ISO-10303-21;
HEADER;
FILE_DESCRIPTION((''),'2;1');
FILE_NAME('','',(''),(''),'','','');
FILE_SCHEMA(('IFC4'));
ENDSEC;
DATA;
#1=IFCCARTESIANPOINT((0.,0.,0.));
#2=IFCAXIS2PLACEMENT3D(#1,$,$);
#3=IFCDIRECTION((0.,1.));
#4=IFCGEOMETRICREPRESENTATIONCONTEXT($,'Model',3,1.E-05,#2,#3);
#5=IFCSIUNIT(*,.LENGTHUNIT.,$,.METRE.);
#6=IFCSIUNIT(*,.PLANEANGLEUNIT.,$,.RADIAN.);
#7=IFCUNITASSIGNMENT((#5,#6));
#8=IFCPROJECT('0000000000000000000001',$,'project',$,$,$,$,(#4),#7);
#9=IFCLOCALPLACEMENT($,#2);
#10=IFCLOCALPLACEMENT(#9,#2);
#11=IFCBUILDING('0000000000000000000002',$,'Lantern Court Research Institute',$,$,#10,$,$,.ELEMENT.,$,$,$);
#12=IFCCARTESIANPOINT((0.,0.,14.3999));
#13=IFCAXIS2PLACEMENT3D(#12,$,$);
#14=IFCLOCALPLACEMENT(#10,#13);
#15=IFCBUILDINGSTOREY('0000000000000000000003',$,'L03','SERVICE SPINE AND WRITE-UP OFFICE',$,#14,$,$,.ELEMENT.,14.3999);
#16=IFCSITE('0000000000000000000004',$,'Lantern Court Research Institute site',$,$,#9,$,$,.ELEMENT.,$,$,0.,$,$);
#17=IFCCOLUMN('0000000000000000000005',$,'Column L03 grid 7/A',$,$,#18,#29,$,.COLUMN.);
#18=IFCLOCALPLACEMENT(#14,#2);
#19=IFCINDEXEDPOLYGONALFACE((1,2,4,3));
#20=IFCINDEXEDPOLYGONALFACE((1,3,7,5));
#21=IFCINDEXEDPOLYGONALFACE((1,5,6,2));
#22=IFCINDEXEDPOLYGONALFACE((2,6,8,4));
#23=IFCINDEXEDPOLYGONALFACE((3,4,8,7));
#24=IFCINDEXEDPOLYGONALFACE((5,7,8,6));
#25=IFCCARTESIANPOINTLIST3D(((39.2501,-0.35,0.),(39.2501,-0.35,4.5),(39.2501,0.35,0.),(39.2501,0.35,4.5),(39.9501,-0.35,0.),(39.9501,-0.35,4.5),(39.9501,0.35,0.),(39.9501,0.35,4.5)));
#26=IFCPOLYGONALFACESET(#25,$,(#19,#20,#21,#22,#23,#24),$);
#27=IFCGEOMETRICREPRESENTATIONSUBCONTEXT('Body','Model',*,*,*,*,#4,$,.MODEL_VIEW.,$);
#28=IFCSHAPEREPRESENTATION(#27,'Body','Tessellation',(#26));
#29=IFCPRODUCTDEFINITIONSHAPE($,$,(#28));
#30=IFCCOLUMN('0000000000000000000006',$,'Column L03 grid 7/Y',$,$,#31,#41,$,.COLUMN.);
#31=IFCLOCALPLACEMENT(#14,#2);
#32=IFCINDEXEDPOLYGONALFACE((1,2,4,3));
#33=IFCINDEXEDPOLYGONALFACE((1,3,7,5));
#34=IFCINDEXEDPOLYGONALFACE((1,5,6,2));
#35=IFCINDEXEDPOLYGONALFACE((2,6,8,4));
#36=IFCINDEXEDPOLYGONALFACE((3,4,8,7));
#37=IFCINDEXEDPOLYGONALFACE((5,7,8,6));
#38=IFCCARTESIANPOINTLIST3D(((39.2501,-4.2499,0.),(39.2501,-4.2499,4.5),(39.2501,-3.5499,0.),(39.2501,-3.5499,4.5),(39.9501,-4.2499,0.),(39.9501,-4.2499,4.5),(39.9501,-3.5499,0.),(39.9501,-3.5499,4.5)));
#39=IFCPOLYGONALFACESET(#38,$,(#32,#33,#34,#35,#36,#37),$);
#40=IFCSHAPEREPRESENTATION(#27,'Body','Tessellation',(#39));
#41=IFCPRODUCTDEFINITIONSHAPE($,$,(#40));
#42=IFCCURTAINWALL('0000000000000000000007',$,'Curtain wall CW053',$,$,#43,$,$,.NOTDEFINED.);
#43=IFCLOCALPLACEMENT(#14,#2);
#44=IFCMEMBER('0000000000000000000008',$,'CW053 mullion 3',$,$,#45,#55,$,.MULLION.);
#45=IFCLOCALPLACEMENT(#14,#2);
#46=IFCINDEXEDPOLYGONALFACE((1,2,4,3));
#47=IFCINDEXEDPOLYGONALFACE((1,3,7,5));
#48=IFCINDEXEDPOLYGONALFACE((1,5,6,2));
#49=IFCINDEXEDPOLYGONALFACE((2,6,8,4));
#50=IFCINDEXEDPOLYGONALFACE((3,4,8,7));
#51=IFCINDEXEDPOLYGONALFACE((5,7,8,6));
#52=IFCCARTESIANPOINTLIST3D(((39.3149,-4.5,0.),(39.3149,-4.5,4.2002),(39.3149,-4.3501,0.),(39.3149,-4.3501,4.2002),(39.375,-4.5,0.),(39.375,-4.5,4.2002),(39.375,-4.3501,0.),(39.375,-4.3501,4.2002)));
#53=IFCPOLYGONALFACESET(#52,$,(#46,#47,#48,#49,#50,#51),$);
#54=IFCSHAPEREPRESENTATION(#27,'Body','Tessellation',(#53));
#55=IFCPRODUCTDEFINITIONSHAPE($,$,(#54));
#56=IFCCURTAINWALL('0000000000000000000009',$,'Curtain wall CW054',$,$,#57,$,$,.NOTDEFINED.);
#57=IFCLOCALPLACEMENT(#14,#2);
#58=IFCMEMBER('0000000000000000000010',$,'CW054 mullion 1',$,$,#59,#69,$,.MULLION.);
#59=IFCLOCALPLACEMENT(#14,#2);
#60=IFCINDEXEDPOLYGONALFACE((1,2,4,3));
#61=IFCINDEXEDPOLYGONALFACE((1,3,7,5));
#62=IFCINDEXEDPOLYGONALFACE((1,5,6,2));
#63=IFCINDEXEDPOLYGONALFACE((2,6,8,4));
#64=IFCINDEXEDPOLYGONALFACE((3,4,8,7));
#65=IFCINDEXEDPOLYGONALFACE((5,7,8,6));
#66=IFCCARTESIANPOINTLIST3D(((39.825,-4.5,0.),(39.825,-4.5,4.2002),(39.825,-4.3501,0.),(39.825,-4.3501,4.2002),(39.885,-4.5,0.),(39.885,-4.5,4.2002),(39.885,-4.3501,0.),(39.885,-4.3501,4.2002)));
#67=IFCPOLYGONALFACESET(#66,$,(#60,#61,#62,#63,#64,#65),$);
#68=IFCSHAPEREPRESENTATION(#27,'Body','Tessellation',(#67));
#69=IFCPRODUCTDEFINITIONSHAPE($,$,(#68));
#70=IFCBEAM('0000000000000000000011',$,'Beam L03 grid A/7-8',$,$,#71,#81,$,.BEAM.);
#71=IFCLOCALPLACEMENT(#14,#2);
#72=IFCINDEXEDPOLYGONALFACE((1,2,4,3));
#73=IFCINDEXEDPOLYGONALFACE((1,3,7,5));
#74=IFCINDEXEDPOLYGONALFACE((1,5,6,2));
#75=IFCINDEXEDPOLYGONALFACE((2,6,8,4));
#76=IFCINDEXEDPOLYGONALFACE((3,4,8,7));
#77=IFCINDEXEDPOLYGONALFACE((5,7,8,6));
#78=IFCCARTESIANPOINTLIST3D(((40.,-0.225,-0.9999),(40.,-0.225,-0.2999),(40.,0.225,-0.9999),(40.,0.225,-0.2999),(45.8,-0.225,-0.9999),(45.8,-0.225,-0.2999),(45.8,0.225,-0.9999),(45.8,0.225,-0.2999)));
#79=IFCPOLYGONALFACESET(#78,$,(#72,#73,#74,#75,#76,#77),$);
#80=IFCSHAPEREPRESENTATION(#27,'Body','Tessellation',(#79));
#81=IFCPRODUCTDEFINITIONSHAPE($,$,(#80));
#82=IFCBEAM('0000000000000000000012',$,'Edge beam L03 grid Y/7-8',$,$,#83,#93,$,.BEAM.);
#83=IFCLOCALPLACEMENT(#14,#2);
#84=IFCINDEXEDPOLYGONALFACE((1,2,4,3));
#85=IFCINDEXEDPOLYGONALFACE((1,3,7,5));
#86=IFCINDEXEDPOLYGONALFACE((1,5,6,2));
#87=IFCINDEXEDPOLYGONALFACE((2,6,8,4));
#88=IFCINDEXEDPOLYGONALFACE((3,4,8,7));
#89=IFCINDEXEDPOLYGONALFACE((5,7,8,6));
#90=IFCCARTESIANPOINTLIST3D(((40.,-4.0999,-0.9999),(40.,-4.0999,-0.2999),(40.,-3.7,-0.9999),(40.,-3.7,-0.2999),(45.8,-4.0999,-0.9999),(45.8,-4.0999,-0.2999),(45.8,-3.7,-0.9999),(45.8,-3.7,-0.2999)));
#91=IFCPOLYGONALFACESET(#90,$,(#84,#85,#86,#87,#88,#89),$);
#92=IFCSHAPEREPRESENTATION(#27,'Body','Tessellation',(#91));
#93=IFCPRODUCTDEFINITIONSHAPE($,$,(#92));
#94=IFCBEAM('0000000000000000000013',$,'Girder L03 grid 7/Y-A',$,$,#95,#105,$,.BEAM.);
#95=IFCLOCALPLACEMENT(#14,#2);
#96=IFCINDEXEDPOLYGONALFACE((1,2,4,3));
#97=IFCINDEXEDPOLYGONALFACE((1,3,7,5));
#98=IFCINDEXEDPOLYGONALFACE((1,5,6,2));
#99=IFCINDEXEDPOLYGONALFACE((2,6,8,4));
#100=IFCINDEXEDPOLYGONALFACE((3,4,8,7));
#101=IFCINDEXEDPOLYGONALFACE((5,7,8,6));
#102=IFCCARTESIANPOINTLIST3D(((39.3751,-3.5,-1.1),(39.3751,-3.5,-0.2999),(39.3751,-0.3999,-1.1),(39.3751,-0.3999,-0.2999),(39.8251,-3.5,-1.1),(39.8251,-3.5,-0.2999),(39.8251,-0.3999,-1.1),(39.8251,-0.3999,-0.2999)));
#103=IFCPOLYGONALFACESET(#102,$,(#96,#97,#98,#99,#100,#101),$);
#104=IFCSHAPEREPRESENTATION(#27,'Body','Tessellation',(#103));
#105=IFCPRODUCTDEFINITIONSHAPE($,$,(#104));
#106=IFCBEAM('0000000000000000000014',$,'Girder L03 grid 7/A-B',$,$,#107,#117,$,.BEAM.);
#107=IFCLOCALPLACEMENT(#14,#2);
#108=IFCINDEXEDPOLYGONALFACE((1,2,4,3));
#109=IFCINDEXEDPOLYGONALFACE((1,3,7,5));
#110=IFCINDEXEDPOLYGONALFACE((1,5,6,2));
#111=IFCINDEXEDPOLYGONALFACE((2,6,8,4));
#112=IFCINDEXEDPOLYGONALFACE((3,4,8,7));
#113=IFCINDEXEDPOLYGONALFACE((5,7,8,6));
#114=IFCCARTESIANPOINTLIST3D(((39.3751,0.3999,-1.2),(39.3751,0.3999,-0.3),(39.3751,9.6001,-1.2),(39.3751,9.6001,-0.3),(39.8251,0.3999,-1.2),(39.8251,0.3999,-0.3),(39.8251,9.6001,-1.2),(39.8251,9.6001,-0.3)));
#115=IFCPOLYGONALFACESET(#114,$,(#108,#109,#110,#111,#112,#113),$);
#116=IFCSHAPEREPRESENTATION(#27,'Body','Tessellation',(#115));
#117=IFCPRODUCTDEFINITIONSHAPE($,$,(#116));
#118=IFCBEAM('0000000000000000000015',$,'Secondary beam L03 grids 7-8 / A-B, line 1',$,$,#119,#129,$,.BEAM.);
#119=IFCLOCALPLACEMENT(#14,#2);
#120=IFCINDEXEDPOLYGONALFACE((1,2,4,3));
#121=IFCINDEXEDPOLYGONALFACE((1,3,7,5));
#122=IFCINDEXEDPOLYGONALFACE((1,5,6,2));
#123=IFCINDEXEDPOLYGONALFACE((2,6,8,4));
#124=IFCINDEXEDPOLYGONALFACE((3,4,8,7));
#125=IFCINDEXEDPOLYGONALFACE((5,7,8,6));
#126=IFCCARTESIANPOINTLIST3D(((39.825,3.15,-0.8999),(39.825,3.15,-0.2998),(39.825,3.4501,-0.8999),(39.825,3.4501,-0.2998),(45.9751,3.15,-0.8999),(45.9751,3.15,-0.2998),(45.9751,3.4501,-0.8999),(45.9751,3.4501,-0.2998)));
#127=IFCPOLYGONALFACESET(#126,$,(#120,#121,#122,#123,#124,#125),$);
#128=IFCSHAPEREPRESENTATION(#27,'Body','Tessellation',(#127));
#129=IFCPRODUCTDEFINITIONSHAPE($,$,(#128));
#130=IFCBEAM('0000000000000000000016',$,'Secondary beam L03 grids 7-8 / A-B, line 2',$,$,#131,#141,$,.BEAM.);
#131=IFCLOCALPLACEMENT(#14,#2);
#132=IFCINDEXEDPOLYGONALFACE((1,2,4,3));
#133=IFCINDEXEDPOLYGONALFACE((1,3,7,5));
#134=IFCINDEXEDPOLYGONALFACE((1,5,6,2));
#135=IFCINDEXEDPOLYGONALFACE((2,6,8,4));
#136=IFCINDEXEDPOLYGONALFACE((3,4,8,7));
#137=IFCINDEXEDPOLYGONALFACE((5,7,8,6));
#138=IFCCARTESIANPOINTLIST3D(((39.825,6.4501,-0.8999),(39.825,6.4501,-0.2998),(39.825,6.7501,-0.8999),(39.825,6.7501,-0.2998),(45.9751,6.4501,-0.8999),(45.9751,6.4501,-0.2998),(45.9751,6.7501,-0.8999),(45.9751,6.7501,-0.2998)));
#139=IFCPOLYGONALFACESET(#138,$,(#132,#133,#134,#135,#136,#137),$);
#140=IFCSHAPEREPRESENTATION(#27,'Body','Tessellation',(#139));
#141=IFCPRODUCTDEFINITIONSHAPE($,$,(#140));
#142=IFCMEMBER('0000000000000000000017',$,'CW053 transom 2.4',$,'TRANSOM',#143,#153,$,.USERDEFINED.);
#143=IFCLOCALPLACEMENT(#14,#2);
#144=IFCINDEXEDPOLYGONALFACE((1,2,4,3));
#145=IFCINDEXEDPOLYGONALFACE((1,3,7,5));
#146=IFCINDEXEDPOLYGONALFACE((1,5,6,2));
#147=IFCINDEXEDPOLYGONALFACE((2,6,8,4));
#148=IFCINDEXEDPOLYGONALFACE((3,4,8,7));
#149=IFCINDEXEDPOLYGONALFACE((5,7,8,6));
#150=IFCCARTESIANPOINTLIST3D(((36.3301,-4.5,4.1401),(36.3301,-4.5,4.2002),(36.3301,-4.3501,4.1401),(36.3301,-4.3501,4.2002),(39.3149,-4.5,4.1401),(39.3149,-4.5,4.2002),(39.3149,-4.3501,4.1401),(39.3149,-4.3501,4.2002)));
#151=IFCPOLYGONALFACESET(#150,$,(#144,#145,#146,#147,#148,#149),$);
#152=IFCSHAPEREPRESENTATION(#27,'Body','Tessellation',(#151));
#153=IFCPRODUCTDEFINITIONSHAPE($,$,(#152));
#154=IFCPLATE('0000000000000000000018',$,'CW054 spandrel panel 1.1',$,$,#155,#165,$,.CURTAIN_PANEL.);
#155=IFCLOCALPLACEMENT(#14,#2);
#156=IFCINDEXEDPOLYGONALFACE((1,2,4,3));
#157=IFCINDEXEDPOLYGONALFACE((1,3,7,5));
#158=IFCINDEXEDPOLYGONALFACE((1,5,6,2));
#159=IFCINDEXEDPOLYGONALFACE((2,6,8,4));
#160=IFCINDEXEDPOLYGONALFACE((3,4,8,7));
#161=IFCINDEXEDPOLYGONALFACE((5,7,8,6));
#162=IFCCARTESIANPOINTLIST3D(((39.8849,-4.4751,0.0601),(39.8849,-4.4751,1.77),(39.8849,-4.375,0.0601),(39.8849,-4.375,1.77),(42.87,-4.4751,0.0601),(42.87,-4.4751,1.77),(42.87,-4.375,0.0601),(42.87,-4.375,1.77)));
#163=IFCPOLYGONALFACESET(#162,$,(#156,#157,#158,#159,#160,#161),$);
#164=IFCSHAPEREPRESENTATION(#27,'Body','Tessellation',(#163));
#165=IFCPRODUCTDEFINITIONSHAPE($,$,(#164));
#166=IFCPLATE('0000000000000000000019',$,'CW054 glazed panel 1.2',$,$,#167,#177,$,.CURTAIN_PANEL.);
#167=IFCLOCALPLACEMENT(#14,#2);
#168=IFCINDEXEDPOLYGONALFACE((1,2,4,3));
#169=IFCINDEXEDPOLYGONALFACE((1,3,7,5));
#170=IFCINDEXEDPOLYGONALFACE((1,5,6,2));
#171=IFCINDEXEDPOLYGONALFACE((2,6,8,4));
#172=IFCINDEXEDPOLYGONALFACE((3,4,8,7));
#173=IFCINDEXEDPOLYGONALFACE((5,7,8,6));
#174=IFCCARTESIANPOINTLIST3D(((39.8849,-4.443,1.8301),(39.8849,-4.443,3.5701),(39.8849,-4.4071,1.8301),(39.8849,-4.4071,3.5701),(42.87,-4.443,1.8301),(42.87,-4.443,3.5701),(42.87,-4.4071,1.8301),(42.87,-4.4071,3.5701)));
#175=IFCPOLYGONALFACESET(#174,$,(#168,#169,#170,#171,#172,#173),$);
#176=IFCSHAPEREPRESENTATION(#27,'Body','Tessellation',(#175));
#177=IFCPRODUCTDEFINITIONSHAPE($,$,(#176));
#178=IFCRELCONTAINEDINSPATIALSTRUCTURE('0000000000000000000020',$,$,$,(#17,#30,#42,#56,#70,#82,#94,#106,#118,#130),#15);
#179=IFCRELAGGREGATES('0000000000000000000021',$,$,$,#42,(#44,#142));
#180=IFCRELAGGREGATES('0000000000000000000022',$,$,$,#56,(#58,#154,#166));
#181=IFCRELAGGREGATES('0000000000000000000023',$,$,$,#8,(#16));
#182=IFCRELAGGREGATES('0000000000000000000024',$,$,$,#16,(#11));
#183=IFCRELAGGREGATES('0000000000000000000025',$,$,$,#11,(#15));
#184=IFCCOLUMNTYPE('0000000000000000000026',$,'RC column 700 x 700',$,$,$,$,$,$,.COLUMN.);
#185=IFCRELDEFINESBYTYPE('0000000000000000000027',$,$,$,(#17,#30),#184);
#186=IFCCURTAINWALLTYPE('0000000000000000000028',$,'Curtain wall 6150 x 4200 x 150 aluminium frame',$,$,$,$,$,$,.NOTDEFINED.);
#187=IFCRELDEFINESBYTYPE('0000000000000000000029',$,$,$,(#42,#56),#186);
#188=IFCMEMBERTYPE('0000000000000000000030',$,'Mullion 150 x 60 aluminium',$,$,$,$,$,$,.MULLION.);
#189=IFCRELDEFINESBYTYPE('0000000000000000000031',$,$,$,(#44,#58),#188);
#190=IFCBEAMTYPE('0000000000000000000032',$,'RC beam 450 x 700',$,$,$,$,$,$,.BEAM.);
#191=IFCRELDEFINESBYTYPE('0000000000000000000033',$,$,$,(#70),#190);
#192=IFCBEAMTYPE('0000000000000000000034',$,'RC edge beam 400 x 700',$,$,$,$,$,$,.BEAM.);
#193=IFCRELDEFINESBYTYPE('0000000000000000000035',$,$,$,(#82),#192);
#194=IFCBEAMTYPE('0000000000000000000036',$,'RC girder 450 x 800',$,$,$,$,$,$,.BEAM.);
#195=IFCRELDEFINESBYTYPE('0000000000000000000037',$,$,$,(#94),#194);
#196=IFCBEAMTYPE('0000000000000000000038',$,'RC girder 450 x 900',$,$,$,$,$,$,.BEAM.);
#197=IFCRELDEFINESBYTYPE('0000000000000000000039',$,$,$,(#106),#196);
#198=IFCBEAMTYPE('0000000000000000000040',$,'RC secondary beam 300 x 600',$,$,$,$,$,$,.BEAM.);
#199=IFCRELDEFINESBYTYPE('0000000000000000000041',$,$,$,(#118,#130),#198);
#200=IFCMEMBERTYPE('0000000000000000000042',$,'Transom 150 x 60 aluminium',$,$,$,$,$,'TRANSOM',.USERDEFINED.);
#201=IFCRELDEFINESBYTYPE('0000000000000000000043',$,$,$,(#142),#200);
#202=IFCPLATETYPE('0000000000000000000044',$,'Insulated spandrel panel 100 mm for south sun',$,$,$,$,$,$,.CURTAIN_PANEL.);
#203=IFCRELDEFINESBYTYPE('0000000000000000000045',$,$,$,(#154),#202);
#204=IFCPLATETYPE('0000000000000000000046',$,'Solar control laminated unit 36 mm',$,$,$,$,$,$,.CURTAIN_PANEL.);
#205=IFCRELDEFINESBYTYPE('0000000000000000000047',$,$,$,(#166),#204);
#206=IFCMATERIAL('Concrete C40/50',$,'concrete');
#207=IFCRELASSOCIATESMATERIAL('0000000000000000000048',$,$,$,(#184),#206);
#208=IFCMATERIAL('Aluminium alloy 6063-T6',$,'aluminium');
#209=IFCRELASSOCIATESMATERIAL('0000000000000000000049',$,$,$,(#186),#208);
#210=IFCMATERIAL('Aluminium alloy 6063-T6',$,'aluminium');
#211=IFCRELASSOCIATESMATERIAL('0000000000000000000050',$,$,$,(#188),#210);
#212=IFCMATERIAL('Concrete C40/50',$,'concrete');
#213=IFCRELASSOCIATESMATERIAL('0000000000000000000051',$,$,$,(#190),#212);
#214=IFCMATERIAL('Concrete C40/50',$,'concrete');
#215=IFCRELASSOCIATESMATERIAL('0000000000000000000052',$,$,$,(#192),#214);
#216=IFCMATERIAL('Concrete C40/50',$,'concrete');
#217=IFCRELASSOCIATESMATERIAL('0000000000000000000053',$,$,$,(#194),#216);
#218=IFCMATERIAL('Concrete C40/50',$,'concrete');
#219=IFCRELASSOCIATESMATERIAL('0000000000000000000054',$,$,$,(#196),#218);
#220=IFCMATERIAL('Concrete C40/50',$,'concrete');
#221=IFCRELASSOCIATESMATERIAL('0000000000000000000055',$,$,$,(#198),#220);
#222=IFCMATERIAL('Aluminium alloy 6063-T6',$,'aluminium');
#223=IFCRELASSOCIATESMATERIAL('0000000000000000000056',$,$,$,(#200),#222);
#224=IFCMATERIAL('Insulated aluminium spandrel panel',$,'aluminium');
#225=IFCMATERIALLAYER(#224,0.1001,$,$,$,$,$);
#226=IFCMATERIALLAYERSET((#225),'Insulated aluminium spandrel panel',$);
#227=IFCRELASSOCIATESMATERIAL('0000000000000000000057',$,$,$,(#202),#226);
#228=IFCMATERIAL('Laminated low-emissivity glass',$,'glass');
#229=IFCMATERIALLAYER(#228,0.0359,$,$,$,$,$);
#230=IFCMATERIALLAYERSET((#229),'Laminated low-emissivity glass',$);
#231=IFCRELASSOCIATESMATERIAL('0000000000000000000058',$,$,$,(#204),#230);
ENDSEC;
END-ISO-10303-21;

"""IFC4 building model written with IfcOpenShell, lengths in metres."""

from ifc_helpers import new_model, si_unit, direction, frame, origin, origin_2d, place, context, subcontext, project, spatial, rectangle, extrude, material, layer, layer_set, material_profile, profile_set, type_object, element, aggregate, save


model = new_model("IFC4")

# Units and contexts
model_context = context("Model", 3, precision=1e-05, world=origin(), true_north=direction((0.0, 1.0)))
body_context = subcontext(model_context, "Body", "Model", "MODEL_VIEW")
ifc_project = project(units=[si_unit("LENGTHUNIT", "METRE"), si_unit("PLANEANGLEUNIT", "RADIAN")], contexts=[model_context])

# Site, building, storey
site_placement = place(None, origin())
site = spatial("IfcSite", under=ifc_project, at=site_placement, Name="Lantern Court Research Institute site", CompositionType="ELEMENT", RefElevation=0.0)
building_placement = place(site_placement, origin())
building = spatial("IfcBuilding", under=site, at=building_placement, Name="Lantern Court Research Institute", CompositionType="ELEMENT")
storey_placement = place(building_placement, frame((0.0, 0.0, 14.3999)))
storey = spatial("IfcBuildingStorey", under=building, at=storey_placement, Name="L03", Description="SERVICE SPINE AND WRITE-UP OFFICE", CompositionType="ELEMENT", Elevation=14.3999)

# Columns
ifc_material_1 = material(Name="Concrete C40/50", Category="concrete")
ifc_material_profile_1 = material_profile(ifc_material_1, rectangle(XDim=0.7, YDim=0.7, at=origin_2d()), Name="RC column 700 x 700")
ifc_profile_set_1 = profile_set([ifc_material_profile_1], Name="Concrete C40/50")
column_type = type_object("IfcColumnType", Name="RC column 700 x 700", PredefinedType="COLUMN", material=ifc_profile_set_1)
for number, where, z_axis, x_axis, name in (
    (1, (39.6001, 0.0, 0.0), (0.0, 0.0, 1.0), (1.0, 0.0, 0.0), "Column L03 grid 7/A"),
    (2, (39.6001, -3.8999, 0.0), (0.0, 0.0, 1.0), (1.0, 0.0, 0.0), "Column L03 grid 7/Y"),
):
    element("IfcColumn", number, at=place(storey_placement, frame(where, z_axis=z_axis, x_axis=x_axis)), inside=storey, type_object=column_type, Name=name, PredefinedType="COLUMN", context=body_context, shape_type="SweptSolid", body=[
        extrude(rectangle(XDim=0.7, YDim=0.7, at=origin_2d()), origin(), (0.0, 0.0, 1.0), 4.5),
    ])

# Curtain walls, members
ifc_material_2 = material(Name="Aluminium alloy 6063-T6", Category="aluminium")
curtain_wall_type = type_object("IfcCurtainWallType", Name="Curtain wall 6150 x 4200 x 150 aluminium frame", PredefinedType="NOTDEFINED", material=ifc_material_2)
curtain_wall_1_placement = place(storey_placement, origin())
curtain_wall_1 = element("IfcCurtainWall", 3, at=curtain_wall_1_placement, inside=storey, type_object=curtain_wall_type, Name="Curtain wall CW053", PredefinedType="NOTDEFINED")
ifc_material_3 = material(Name="Aluminium alloy 6063-T6", Category="aluminium")
ifc_material_profile_2 = material_profile(ifc_material_3, rectangle(XDim=0.1499, YDim=0.0601, at=origin_2d()), Name="Mullion 150 x 60")
ifc_profile_set_2 = profile_set([ifc_material_profile_2], Name="Aluminium alloy 6063-T6")
member_type_1 = type_object("IfcMemberType", Name="Mullion 150 x 60 aluminium", PredefinedType="MULLION", material=ifc_profile_set_2)
member_1_placement = place(storey_placement, frame((39.345, -4.425, 0.0), z_axis=(0.0, 0.0, 1.0), x_axis=(0.0, -1.0, 0.0)))
member_1 = element("IfcMember", 4, at=member_1_placement, type_object=member_type_1, Name="CW053 mullion 3", PredefinedType="MULLION", context=body_context, shape_type="SweptSolid", body=[
    extrude(rectangle(XDim=0.1499, YDim=0.0601, at=origin_2d()), origin(), (0.0, 0.0, 1.0), 4.2002),
])
curtain_wall_2_placement = place(storey_placement, origin())
curtain_wall_2 = element("IfcCurtainWall", 5, at=curtain_wall_2_placement, inside=storey, type_object=curtain_wall_type, Name="Curtain wall CW054", PredefinedType="NOTDEFINED")
member_2_placement = place(storey_placement, frame((39.855, -4.425, 0.0), z_axis=(0.0, 0.0, 1.0), x_axis=(0.0, -1.0, 0.0)))
member_2 = element("IfcMember", 6, at=member_2_placement, type_object=member_type_1, Name="CW054 mullion 1", PredefinedType="MULLION", context=body_context, shape_type="SweptSolid", body=[
    extrude(rectangle(XDim=0.1499, YDim=0.0601, at=origin_2d()), origin(), (0.0, 0.0, 1.0), 4.2002),
])

# Beams
ifc_material_4 = material(Name="Concrete C40/50", Category="concrete")
ifc_material_profile_3 = material_profile(ifc_material_4, rectangle(XDim=0.45, YDim=0.7, at=origin_2d()), Name="RC beam 450 x 700")
ifc_profile_set_3 = profile_set([ifc_material_profile_3], Name="Concrete C40/50")
beam_type_1 = type_object("IfcBeamType", Name="RC beam 450 x 700", PredefinedType="BEAM", material=ifc_profile_set_3)
beam_1_placement = place(storey_placement, frame((40.0, 0.0, -0.6499), z_axis=(1.0, 0.0, 0.0), x_axis=(0.0, 1.0, 0.0)))
element("IfcBeam", 7, at=beam_1_placement, inside=storey, type_object=beam_type_1, Name="Beam L03 grid A/7-8", PredefinedType="BEAM", context=body_context, shape_type="SweptSolid", body=[
    extrude(rectangle(XDim=0.45, YDim=0.7, at=origin_2d()), origin(), (0.0, 0.0, 1.0), 5.8),
])
ifc_material_5 = material(Name="Concrete C40/50", Category="concrete")
ifc_material_profile_4 = material_profile(ifc_material_5, rectangle(XDim=0.3999, YDim=0.7, at=origin_2d()), Name="RC beam 400 x 700")
ifc_profile_set_4 = profile_set([ifc_material_profile_4], Name="Concrete C40/50")
beam_type_2 = type_object("IfcBeamType", Name="RC edge beam 400 x 700", PredefinedType="BEAM", material=ifc_profile_set_4)
beam_2_placement = place(storey_placement, frame((40.0, -3.8999, -0.6499), z_axis=(1.0, 0.0, 0.0), x_axis=(0.0, 1.0, 0.0)))
element("IfcBeam", 8, at=beam_2_placement, inside=storey, type_object=beam_type_2, Name="Edge beam L03 grid Y/7-8", PredefinedType="BEAM", context=body_context, shape_type="SweptSolid", body=[
    extrude(rectangle(XDim=0.3999, YDim=0.7, at=origin_2d()), origin(), (0.0, 0.0, 1.0), 5.8),
])
ifc_material_6 = material(Name="Concrete C40/50", Category="concrete")
ifc_material_profile_5 = material_profile(ifc_material_6, rectangle(XDim=0.45, YDim=0.8, at=origin_2d()), Name="RC beam 450 x 800")
ifc_profile_set_5 = profile_set([ifc_material_profile_5], Name="Concrete C40/50")
beam_type_3 = type_object("IfcBeamType", Name="RC girder 450 x 800", PredefinedType="BEAM", material=ifc_profile_set_5)
beam_3_placement = place(storey_placement, frame((39.6001, -3.5, -0.7), z_axis=(0.0, 1.0, 0.0), x_axis=(-1.0, 0.0, 0.0)))
element("IfcBeam", 9, at=beam_3_placement, inside=storey, type_object=beam_type_3, Name="Girder L03 grid 7/Y-A", PredefinedType="BEAM", context=body_context, shape_type="SweptSolid", body=[
    extrude(rectangle(XDim=0.45, YDim=0.8, at=origin_2d()), origin(), (0.0, 0.0, 1.0), 3.1001),
])
ifc_material_7 = material(Name="Concrete C40/50", Category="concrete")
ifc_material_profile_6 = material_profile(ifc_material_7, rectangle(XDim=0.45, YDim=0.8999, at=origin_2d()), Name="RC beam 450 x 900")
ifc_profile_set_6 = profile_set([ifc_material_profile_6], Name="Concrete C40/50")
beam_type_4 = type_object("IfcBeamType", Name="RC girder 450 x 900", PredefinedType="BEAM", material=ifc_profile_set_6)
beam_4_placement = place(storey_placement, frame((39.6001, 0.3999, -0.75), z_axis=(0.0, 1.0, 0.0), x_axis=(-1.0, 0.0, 0.0)))
element("IfcBeam", 10, at=beam_4_placement, inside=storey, type_object=beam_type_4, Name="Girder L03 grid 7/A-B", PredefinedType="BEAM", context=body_context, shape_type="SweptSolid", body=[
    extrude(rectangle(XDim=0.45, YDim=0.8999, at=origin_2d()), origin(), (0.0, 0.0, 1.0), 9.2002),
])
ifc_material_8 = material(Name="Concrete C40/50", Category="concrete")
ifc_material_profile_7 = material_profile(ifc_material_8, rectangle(XDim=0.3, YDim=0.6001, at=origin_2d()), Name="RC beam 300 x 600")
ifc_profile_set_7 = profile_set([ifc_material_profile_7], Name="Concrete C40/50")
beam_type_5 = type_object("IfcBeamType", Name="RC secondary beam 300 x 600", PredefinedType="BEAM", material=ifc_profile_set_7)
for number, where, z_axis, x_axis, name in (
    (11, (39.825, 3.3, -0.5999), (1.0, 0.0, 0.0), (0.0, 1.0, 0.0), "Secondary beam L03 grids 7-8 / A-B, line 1"),
    (12, (39.825, 6.6001, -0.5999), (1.0, 0.0, 0.0), (0.0, 1.0, 0.0), "Secondary beam L03 grids 7-8 / A-B, line 2"),
):
    element("IfcBeam", number, at=place(storey_placement, frame(where, z_axis=z_axis, x_axis=x_axis)), inside=storey, type_object=beam_type_5, Name=name, PredefinedType="BEAM", context=body_context, shape_type="SweptSolid", body=[
        extrude(rectangle(XDim=0.3, YDim=0.6001, at=origin_2d()), origin(), (0.0, 0.0, 1.0), 6.1501),
    ])

# Member
ifc_material_9 = material(Name="Aluminium alloy 6063-T6", Category="aluminium")
ifc_material_profile_8 = material_profile(ifc_material_9, rectangle(XDim=0.1499, YDim=0.0601, at=origin_2d()), Name="Transom 150 x 60")
ifc_profile_set_8 = profile_set([ifc_material_profile_8], Name="Aluminium alloy 6063-T6")
member_type_2 = type_object("IfcMemberType", Name="Transom 150 x 60 aluminium", ElementType="TRANSOM", PredefinedType="USERDEFINED", material=ifc_profile_set_8)
member_3_placement = place(storey_placement, frame((39.3149, -4.425, 4.1702), z_axis=(-1.0, 0.0, 0.0), x_axis=(0.0, -1.0, 0.0)))
member_3 = element("IfcMember", 13, at=member_3_placement, type_object=member_type_2, Name="CW053 transom 2.4", ObjectType="TRANSOM", PredefinedType="USERDEFINED", context=body_context, shape_type="SweptSolid", body=[
    extrude(rectangle(XDim=0.1499, YDim=0.0601, at=origin_2d()), origin(), (0.0, 0.0, 1.0), 2.9849),
])
aggregate(curtain_wall_1, [member_1, member_3])

# Plates
ifc_material_10 = material(Name="Insulated aluminium spandrel panel", Category="aluminium")
ifc_layer_1 = layer(ifc_material_10, 0.1001)
ifc_layer_set_1 = layer_set([ifc_layer_1], Name="Insulated aluminium spandrel panel")
plate_type_1 = type_object("IfcPlateType", Name="Insulated spandrel panel 100 mm for south sun", PredefinedType="CURTAIN_PANEL", material=ifc_layer_set_1)
plate_1_placement = place(storey_placement, frame((41.3774, -4.425, 0.0601), z_axis=(0.0, 0.0, 1.0), x_axis=(-1.0, 0.0, 0.0)))
plate_1 = element("IfcPlate", 14, at=plate_1_placement, type_object=plate_type_1, Name="CW054 spandrel panel 1.1", PredefinedType="CURTAIN_PANEL", context=body_context, shape_type="SweptSolid", body=[
    extrude(rectangle(XDim=2.9851, YDim=0.1001, at=origin_2d()), origin(), (0.0, 0.0, 1.0), 1.71),
])
ifc_material_11 = material(Name="Laminated low-emissivity glass", Category="glass")
ifc_layer_2 = layer(ifc_material_11, 0.0359)
ifc_layer_set_2 = layer_set([ifc_layer_2], Name="Laminated low-emissivity glass")
plate_type_2 = type_object("IfcPlateType", Name="Solar control laminated unit 36 mm", PredefinedType="CURTAIN_PANEL", material=ifc_layer_set_2)
plate_2_placement = place(storey_placement, frame((41.3774, -4.425, 1.8301), z_axis=(0.0, 0.0, 1.0), x_axis=(-1.0, 0.0, 0.0)))
plate_2 = element("IfcPlate", 15, at=plate_2_placement, type_object=plate_type_2, Name="CW054 glazed panel 1.2", PredefinedType="CURTAIN_PANEL", context=body_context, shape_type="SweptSolid", body=[
    extrude(rectangle(XDim=2.9851, YDim=0.0359, at=origin_2d()), origin(), (0.0, 0.0, 1.0), 1.74),
])
aggregate(curtain_wall_2, [member_2, plate_1, plate_2])

save(model, "model.ifc")
